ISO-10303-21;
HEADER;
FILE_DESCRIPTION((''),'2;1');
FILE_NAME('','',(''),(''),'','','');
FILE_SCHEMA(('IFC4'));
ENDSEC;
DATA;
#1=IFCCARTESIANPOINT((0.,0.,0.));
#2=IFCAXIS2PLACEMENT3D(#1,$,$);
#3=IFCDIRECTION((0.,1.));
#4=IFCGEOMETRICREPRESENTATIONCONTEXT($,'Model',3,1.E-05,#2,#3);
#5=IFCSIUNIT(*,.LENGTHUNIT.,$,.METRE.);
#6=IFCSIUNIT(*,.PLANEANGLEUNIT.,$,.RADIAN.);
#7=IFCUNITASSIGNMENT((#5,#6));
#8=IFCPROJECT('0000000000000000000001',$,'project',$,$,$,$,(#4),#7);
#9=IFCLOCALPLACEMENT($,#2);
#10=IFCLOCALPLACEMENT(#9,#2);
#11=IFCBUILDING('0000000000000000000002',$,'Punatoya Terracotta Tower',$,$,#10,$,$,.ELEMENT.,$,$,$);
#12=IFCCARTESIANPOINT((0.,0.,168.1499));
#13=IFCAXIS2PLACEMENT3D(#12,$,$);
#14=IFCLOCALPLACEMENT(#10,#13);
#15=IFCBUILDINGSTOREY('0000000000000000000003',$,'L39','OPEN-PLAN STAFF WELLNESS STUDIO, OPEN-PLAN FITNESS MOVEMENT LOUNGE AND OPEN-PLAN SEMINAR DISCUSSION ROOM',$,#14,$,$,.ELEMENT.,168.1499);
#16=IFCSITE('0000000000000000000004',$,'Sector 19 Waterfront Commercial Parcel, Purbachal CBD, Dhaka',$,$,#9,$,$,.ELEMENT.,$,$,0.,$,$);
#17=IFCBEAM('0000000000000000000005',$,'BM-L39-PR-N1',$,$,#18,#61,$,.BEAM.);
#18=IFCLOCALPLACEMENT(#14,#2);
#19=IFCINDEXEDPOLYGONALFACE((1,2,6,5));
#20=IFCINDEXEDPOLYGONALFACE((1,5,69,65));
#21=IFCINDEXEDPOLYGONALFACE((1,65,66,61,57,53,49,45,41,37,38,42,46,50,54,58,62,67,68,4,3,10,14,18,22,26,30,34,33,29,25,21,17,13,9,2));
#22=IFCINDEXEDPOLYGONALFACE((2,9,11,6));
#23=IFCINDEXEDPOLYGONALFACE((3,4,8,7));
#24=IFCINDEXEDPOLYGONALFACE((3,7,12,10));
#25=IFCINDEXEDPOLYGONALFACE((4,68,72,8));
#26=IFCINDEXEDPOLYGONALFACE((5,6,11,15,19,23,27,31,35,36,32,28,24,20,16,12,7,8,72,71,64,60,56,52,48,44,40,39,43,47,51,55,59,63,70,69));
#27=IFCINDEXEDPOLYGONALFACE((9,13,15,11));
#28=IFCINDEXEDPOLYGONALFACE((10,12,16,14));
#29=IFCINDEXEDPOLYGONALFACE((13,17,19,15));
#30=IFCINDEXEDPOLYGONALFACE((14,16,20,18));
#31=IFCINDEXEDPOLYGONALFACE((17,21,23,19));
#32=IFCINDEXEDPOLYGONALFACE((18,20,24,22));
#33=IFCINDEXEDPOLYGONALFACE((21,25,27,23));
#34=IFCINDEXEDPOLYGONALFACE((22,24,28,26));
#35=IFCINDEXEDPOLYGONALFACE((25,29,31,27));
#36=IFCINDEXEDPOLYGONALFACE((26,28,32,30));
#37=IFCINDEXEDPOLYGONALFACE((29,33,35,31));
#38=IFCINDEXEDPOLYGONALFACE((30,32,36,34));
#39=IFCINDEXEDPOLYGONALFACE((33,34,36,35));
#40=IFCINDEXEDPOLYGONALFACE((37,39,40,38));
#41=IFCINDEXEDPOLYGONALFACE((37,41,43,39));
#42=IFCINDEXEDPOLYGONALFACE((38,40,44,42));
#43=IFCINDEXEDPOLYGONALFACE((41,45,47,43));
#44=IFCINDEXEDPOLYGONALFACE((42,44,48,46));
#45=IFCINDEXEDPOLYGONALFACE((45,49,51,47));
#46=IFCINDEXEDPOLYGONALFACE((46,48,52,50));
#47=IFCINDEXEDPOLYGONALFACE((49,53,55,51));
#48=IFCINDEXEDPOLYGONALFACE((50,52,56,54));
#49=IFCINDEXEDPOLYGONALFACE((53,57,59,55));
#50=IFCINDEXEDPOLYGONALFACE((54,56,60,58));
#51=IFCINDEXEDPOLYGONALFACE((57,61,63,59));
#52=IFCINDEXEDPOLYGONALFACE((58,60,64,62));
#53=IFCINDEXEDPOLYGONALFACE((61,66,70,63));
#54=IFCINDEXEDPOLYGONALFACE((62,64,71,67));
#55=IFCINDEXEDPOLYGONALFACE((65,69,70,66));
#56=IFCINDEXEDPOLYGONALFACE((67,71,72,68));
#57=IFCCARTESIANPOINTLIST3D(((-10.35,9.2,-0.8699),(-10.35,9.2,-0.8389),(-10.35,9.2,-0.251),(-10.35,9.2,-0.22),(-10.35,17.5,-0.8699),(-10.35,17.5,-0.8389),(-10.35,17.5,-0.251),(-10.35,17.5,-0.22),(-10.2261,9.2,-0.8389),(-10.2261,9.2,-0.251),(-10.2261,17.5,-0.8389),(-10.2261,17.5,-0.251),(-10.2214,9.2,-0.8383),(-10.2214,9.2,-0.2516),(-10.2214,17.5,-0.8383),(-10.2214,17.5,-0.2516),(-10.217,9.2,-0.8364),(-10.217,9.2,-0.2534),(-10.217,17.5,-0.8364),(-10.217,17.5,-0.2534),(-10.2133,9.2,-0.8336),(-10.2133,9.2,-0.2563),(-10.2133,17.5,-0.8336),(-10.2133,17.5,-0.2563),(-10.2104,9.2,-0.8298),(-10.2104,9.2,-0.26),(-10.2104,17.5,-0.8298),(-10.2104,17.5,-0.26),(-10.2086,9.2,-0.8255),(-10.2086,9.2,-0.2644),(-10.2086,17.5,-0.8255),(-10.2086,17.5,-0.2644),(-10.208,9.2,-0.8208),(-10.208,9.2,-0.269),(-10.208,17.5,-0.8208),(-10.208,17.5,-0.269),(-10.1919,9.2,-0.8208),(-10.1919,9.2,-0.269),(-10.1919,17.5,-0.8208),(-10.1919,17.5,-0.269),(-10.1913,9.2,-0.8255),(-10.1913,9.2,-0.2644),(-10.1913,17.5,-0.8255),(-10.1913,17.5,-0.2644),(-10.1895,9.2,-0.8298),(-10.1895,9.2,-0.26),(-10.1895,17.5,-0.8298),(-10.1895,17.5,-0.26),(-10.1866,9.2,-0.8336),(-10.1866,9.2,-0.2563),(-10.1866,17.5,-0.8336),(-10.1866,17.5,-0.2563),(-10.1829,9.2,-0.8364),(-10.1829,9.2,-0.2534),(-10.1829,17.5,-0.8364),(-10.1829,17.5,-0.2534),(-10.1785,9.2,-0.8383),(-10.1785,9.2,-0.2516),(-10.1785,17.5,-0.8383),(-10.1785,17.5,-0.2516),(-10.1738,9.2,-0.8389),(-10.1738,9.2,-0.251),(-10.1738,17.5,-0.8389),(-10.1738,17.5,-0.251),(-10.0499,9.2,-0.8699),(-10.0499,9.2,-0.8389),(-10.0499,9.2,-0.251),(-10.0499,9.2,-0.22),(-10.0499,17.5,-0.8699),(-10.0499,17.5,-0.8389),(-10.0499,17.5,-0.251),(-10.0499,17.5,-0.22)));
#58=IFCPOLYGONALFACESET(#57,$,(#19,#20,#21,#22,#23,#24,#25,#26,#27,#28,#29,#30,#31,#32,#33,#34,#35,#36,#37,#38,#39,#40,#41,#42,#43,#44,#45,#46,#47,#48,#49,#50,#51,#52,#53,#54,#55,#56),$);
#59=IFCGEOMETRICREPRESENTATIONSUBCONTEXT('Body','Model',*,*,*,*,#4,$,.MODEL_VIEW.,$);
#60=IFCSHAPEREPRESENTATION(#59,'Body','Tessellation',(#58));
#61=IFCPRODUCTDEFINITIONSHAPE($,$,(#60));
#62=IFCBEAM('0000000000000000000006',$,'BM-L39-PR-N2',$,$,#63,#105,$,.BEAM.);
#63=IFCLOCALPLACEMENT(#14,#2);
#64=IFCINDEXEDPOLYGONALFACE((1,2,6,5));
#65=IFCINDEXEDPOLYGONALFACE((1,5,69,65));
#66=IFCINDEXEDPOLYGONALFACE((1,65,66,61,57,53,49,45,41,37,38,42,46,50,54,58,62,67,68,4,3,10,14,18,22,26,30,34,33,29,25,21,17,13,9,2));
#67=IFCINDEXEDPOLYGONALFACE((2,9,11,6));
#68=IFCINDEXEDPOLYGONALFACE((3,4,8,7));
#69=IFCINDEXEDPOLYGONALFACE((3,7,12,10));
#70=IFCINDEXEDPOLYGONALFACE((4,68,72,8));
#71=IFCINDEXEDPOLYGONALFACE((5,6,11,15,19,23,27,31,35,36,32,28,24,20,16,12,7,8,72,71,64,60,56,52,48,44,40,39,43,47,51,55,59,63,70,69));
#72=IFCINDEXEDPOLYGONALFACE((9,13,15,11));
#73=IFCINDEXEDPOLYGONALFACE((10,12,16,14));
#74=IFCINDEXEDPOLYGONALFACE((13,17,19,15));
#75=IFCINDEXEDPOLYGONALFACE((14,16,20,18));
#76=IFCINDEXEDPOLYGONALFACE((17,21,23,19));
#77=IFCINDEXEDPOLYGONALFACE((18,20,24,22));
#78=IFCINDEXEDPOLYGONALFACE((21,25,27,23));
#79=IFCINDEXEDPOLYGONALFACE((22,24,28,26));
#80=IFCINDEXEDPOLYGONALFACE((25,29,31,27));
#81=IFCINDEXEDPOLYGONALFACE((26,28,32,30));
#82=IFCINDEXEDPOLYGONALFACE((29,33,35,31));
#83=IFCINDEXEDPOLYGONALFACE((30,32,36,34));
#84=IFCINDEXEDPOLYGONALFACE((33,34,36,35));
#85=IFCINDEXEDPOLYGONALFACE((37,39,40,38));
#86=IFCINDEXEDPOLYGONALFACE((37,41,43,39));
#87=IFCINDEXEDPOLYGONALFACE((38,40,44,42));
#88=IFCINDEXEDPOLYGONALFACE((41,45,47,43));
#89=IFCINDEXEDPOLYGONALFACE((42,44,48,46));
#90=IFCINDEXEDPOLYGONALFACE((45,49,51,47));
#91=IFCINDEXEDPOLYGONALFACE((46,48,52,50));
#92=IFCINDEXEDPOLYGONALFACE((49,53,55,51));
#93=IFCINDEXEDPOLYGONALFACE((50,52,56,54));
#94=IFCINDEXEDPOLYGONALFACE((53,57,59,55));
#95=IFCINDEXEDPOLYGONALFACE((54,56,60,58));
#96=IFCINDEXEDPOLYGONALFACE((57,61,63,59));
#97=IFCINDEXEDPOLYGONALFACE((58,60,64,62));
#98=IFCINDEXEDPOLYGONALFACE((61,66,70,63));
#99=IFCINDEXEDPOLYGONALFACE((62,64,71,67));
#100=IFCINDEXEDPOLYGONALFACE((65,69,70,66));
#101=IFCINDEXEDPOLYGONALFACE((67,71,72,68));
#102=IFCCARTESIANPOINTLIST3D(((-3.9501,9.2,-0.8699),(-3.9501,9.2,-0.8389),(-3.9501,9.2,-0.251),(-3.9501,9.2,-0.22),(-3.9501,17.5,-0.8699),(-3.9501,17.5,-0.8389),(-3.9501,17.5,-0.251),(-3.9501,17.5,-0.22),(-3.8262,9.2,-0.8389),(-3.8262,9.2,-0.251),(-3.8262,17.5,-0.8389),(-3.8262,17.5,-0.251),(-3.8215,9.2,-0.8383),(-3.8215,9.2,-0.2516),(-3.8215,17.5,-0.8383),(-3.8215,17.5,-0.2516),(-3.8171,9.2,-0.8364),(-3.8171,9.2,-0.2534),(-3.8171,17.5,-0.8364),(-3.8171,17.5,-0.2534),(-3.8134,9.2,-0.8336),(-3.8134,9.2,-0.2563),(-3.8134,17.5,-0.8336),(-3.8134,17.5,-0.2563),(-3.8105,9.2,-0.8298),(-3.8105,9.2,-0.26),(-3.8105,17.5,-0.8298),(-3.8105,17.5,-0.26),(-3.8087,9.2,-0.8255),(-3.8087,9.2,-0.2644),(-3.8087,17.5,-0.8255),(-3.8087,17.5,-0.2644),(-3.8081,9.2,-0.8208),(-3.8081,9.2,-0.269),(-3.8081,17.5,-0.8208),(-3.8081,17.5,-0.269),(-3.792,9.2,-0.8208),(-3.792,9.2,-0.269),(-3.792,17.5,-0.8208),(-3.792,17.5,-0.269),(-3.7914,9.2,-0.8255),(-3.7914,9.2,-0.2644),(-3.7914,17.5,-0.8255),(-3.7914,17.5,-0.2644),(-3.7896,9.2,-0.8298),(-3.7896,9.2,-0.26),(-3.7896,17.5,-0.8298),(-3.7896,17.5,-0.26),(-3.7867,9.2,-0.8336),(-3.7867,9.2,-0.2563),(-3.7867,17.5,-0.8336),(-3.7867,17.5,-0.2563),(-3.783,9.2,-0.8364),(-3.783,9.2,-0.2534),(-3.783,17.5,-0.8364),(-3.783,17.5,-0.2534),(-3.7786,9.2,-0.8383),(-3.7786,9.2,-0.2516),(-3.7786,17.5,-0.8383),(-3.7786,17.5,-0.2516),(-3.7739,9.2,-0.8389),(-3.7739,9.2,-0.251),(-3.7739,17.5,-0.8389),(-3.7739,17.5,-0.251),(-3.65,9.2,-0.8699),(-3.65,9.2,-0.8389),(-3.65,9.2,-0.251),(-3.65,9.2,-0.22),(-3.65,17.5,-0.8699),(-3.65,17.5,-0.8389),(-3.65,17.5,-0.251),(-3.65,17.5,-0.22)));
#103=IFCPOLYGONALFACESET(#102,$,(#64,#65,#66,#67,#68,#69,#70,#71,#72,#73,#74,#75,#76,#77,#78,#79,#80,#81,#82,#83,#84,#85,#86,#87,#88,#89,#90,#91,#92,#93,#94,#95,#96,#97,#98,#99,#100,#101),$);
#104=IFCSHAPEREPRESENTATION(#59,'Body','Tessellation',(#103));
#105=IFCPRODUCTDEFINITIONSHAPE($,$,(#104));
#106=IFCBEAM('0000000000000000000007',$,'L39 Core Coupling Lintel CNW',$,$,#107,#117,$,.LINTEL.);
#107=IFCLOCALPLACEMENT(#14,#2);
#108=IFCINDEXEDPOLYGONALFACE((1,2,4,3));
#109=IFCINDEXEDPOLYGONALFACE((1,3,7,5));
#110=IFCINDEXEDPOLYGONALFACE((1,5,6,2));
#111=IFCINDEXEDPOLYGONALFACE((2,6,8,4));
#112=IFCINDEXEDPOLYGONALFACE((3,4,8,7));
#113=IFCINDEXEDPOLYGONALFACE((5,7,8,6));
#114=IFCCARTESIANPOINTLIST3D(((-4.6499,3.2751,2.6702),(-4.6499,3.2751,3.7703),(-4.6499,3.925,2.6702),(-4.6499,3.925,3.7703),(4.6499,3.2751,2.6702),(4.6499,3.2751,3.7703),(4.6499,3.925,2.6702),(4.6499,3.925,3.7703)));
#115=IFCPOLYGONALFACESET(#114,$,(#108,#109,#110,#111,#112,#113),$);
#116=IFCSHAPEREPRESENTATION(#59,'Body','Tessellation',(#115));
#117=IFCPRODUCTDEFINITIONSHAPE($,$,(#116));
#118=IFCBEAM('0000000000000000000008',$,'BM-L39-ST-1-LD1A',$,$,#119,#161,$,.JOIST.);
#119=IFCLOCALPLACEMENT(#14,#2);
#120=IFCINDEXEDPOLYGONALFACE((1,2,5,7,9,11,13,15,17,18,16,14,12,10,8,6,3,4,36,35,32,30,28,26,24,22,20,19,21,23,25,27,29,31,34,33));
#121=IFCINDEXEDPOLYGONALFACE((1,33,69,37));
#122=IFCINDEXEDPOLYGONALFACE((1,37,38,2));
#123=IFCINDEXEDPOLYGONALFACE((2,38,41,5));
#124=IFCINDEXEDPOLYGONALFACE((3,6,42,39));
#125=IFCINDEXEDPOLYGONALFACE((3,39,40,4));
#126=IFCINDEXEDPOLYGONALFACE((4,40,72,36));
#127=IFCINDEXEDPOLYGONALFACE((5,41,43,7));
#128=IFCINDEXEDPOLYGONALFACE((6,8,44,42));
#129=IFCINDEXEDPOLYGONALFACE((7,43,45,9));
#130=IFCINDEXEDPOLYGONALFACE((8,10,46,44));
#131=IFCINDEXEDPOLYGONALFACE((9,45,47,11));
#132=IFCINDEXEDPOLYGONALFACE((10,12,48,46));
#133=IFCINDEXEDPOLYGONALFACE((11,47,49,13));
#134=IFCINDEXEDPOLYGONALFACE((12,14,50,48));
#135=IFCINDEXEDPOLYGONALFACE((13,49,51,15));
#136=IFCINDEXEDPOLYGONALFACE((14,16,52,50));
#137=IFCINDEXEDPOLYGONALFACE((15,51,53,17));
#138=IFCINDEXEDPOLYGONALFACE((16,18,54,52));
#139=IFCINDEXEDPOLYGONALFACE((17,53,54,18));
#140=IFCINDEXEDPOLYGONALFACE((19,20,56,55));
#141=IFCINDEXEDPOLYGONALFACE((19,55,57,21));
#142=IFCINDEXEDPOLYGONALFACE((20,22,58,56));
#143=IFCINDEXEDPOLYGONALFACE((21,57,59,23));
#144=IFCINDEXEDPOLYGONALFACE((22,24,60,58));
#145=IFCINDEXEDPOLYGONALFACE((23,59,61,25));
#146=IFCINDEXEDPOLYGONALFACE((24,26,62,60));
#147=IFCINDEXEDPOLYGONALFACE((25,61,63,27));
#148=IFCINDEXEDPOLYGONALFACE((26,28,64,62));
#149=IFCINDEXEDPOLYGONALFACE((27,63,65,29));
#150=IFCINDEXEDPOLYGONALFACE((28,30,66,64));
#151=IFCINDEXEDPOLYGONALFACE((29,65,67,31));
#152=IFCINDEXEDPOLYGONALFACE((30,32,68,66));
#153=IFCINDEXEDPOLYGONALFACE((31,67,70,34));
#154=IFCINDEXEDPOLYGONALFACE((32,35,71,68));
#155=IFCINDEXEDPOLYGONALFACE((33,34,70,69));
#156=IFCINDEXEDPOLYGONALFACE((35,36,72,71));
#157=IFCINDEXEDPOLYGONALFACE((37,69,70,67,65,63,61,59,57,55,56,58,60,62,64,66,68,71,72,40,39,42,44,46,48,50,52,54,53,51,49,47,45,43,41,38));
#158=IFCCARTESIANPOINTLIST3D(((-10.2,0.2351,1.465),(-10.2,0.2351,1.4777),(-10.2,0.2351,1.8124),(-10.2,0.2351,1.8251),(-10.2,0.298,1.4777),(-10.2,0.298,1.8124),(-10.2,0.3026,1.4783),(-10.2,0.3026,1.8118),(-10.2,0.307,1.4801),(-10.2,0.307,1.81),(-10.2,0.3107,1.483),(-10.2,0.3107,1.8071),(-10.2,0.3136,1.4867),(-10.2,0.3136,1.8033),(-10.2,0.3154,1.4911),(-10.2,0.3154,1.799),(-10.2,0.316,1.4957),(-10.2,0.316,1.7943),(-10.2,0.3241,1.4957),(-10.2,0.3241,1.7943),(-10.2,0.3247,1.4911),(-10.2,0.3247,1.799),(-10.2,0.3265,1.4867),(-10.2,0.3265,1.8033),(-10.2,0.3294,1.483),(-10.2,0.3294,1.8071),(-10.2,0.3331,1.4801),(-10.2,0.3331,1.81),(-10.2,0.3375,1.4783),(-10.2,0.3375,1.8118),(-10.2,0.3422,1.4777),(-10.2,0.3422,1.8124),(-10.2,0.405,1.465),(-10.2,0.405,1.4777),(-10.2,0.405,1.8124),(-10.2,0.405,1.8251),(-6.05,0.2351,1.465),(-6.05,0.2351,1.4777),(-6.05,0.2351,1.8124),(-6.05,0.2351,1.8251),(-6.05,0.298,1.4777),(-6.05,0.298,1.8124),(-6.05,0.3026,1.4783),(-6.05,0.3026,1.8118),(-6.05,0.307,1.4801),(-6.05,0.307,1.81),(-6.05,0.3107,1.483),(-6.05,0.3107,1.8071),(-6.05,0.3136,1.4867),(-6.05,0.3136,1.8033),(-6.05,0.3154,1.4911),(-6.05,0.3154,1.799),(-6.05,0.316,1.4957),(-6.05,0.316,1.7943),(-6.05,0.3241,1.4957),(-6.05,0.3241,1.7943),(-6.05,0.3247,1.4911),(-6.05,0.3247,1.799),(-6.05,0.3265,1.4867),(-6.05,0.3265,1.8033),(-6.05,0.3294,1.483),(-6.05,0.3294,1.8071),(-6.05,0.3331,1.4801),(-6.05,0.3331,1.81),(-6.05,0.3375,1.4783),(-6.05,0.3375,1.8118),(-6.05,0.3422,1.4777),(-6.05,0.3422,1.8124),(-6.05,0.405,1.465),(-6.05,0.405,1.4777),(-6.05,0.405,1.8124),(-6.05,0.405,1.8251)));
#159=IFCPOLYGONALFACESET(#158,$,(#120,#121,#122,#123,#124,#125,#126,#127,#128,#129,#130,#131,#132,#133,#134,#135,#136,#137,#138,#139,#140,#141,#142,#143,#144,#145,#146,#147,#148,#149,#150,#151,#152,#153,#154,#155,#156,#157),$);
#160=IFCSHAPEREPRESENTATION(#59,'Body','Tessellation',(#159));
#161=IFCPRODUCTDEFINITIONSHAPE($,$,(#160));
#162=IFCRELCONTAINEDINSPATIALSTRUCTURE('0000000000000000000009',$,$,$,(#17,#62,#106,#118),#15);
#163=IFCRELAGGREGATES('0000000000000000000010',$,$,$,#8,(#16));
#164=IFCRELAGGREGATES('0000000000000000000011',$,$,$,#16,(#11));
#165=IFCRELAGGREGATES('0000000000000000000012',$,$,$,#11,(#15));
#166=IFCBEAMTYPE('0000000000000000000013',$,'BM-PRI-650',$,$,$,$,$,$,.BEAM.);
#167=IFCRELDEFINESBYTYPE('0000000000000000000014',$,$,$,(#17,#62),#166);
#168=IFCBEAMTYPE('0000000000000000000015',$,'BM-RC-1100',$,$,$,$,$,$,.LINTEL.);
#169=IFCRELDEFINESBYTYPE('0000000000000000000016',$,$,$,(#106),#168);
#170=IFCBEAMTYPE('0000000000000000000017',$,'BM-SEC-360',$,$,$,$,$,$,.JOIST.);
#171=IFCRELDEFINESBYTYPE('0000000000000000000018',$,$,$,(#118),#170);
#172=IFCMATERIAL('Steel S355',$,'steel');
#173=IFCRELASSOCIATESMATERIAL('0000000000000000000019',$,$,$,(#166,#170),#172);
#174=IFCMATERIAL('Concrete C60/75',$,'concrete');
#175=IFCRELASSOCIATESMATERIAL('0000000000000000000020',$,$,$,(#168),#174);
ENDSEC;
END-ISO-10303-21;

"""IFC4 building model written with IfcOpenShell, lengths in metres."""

from ifc_helpers import new_model, si_unit, direction, frame, origin, origin_2d, place, context, subcontext, project, spatial, rectangle, i_section, extrude, material, material_profile, profile_set, type_object, element, save


model = new_model("IFC4")

# Units and contexts
model_context = context("Model", 3, precision=1e-05, world=origin(), true_north=direction((0.0, 1.0)))
body_context = subcontext(model_context, "Body", "Model", "MODEL_VIEW")
ifc_project = project(units=[si_unit("LENGTHUNIT", "METRE"), si_unit("PLANEANGLEUNIT", "RADIAN")], contexts=[model_context])

# Site, building, storey
site_placement = place(None, origin())
site = spatial("IfcSite", under=ifc_project, at=site_placement, Name="Sector 19 Waterfront Commercial Parcel, Purbachal CBD, Dhaka", CompositionType="ELEMENT", RefElevation=0.0)
building_placement = place(site_placement, origin())
building = spatial("IfcBuilding", under=site, at=building_placement, Name="Punatoya Terracotta Tower", CompositionType="ELEMENT")
storey_placement = place(building_placement, frame((0.0, 0.0, 168.1499)))
storey = spatial("IfcBuildingStorey", under=building, at=storey_placement, Name="L39", Description="OPEN-PLAN STAFF WELLNESS STUDIO, OPEN-PLAN FITNESS MOVEMENT LOUNGE AND OPEN-PLAN SEMINAR DISCUSSION ROOM", CompositionType="ELEMENT", Elevation=168.1499)

# Beams
ifc_material_1 = material(Name="Steel S355", Category="steel")
ifc_material_profile_1 = material_profile(ifc_material_1, i_section(OverallWidth=0.3, OverallDepth=0.6499, WebThickness=0.0161, FlangeThickness=0.031, FilletRadius=0.0181, at=origin_2d()))
ifc_profile_set_1 = profile_set([ifc_material_profile_1], Name="Steel S355")
beam_type_1 = type_object("IfcBeamType", Name="BM-PRI-650", PredefinedType="BEAM", material=ifc_profile_set_1)
for number, where, z_axis, x_axis, name in (
    (1, (-10.2, 9.2, -0.5449), (0.0, 1.0, 0.0), (-1.0, 0.0, 0.0), "BM-L39-PR-N1"),
    (2, (-3.8, 9.2, -0.5449), (0.0, 1.0, 0.0), (-1.0, 0.0, 0.0), "BM-L39-PR-N2"),
):
    element("IfcBeam", number, at=place(storey_placement, frame(where, z_axis=z_axis, x_axis=x_axis)), inside=storey, type_object=beam_type_1, Name=name, PredefinedType="BEAM", context=body_context, shape_type="SweptSolid", body=[
        extrude(i_section(OverallWidth=0.3, OverallDepth=0.6499, WebThickness=0.0161, FlangeThickness=0.031, FilletRadius=0.0181, at=origin_2d()), origin(), (0.0, 0.0, 1.0), 8.3),
    ])
ifc_material_2 = material(Name="Concrete C60/75", Category="concrete")
ifc_material_profile_2 = material_profile(ifc_material_2, rectangle(XDim=0.6499, YDim=1.1001, at=origin_2d()))
ifc_profile_set_2 = profile_set([ifc_material_profile_2], Name="Concrete C60/75")
beam_type_2 = type_object("IfcBeamType", Name="BM-RC-1100", PredefinedType="LINTEL", material=ifc_profile_set_2)
beam_placement = place(storey_placement, frame((-4.6499, 3.6001, 3.2202), z_axis=(1.0, 0.0, 0.0), x_axis=(0.0, 1.0, 0.0)))
element("IfcBeam", 3, at=beam_placement, inside=storey, type_object=beam_type_2, Name="L39 Core Coupling Lintel CNW", PredefinedType="LINTEL", context=body_context, shape_type="SweptSolid", body=[
    extrude(rectangle(XDim=0.6499, YDim=1.1001, at=origin_2d()), origin(), (0.0, 0.0, 1.0), 9.2998),
])
ifc_material_profile_3 = material_profile(ifc_material_1, i_section(OverallWidth=0.1699, OverallDepth=0.3601, WebThickness=0.0081, FlangeThickness=0.0127, FilletRadius=0.0181, at=origin_2d()))
ifc_profile_set_3 = profile_set([ifc_material_profile_3], Name="Steel S355")
beam_type_3 = type_object("IfcBeamType", Name="BM-SEC-360", PredefinedType="JOIST", material=ifc_profile_set_3)
for number, where, z_axis, x_axis, name in (
    (4, (-10.2, 0.3201, 1.645), (1.0, 0.0, 0.0), (0.0, 1.0, 0.0), "BM-L39-ST-1-LD1A"),
):
    element("IfcBeam", number, at=place(storey_placement, frame(where, z_axis=z_axis, x_axis=x_axis)), inside=storey, type_object=beam_type_3, Name=name, PredefinedType="JOIST", context=body_context, shape_type="SweptSolid", body=[
        extrude(i_section(OverallWidth=0.1699, OverallDepth=0.3601, WebThickness=0.0081, FlangeThickness=0.0127, FilletRadius=0.0181, at=origin_2d()), origin(), (0.0, 0.0, 1.0), 4.1499),
    ])

save(model, "model.ifc")
